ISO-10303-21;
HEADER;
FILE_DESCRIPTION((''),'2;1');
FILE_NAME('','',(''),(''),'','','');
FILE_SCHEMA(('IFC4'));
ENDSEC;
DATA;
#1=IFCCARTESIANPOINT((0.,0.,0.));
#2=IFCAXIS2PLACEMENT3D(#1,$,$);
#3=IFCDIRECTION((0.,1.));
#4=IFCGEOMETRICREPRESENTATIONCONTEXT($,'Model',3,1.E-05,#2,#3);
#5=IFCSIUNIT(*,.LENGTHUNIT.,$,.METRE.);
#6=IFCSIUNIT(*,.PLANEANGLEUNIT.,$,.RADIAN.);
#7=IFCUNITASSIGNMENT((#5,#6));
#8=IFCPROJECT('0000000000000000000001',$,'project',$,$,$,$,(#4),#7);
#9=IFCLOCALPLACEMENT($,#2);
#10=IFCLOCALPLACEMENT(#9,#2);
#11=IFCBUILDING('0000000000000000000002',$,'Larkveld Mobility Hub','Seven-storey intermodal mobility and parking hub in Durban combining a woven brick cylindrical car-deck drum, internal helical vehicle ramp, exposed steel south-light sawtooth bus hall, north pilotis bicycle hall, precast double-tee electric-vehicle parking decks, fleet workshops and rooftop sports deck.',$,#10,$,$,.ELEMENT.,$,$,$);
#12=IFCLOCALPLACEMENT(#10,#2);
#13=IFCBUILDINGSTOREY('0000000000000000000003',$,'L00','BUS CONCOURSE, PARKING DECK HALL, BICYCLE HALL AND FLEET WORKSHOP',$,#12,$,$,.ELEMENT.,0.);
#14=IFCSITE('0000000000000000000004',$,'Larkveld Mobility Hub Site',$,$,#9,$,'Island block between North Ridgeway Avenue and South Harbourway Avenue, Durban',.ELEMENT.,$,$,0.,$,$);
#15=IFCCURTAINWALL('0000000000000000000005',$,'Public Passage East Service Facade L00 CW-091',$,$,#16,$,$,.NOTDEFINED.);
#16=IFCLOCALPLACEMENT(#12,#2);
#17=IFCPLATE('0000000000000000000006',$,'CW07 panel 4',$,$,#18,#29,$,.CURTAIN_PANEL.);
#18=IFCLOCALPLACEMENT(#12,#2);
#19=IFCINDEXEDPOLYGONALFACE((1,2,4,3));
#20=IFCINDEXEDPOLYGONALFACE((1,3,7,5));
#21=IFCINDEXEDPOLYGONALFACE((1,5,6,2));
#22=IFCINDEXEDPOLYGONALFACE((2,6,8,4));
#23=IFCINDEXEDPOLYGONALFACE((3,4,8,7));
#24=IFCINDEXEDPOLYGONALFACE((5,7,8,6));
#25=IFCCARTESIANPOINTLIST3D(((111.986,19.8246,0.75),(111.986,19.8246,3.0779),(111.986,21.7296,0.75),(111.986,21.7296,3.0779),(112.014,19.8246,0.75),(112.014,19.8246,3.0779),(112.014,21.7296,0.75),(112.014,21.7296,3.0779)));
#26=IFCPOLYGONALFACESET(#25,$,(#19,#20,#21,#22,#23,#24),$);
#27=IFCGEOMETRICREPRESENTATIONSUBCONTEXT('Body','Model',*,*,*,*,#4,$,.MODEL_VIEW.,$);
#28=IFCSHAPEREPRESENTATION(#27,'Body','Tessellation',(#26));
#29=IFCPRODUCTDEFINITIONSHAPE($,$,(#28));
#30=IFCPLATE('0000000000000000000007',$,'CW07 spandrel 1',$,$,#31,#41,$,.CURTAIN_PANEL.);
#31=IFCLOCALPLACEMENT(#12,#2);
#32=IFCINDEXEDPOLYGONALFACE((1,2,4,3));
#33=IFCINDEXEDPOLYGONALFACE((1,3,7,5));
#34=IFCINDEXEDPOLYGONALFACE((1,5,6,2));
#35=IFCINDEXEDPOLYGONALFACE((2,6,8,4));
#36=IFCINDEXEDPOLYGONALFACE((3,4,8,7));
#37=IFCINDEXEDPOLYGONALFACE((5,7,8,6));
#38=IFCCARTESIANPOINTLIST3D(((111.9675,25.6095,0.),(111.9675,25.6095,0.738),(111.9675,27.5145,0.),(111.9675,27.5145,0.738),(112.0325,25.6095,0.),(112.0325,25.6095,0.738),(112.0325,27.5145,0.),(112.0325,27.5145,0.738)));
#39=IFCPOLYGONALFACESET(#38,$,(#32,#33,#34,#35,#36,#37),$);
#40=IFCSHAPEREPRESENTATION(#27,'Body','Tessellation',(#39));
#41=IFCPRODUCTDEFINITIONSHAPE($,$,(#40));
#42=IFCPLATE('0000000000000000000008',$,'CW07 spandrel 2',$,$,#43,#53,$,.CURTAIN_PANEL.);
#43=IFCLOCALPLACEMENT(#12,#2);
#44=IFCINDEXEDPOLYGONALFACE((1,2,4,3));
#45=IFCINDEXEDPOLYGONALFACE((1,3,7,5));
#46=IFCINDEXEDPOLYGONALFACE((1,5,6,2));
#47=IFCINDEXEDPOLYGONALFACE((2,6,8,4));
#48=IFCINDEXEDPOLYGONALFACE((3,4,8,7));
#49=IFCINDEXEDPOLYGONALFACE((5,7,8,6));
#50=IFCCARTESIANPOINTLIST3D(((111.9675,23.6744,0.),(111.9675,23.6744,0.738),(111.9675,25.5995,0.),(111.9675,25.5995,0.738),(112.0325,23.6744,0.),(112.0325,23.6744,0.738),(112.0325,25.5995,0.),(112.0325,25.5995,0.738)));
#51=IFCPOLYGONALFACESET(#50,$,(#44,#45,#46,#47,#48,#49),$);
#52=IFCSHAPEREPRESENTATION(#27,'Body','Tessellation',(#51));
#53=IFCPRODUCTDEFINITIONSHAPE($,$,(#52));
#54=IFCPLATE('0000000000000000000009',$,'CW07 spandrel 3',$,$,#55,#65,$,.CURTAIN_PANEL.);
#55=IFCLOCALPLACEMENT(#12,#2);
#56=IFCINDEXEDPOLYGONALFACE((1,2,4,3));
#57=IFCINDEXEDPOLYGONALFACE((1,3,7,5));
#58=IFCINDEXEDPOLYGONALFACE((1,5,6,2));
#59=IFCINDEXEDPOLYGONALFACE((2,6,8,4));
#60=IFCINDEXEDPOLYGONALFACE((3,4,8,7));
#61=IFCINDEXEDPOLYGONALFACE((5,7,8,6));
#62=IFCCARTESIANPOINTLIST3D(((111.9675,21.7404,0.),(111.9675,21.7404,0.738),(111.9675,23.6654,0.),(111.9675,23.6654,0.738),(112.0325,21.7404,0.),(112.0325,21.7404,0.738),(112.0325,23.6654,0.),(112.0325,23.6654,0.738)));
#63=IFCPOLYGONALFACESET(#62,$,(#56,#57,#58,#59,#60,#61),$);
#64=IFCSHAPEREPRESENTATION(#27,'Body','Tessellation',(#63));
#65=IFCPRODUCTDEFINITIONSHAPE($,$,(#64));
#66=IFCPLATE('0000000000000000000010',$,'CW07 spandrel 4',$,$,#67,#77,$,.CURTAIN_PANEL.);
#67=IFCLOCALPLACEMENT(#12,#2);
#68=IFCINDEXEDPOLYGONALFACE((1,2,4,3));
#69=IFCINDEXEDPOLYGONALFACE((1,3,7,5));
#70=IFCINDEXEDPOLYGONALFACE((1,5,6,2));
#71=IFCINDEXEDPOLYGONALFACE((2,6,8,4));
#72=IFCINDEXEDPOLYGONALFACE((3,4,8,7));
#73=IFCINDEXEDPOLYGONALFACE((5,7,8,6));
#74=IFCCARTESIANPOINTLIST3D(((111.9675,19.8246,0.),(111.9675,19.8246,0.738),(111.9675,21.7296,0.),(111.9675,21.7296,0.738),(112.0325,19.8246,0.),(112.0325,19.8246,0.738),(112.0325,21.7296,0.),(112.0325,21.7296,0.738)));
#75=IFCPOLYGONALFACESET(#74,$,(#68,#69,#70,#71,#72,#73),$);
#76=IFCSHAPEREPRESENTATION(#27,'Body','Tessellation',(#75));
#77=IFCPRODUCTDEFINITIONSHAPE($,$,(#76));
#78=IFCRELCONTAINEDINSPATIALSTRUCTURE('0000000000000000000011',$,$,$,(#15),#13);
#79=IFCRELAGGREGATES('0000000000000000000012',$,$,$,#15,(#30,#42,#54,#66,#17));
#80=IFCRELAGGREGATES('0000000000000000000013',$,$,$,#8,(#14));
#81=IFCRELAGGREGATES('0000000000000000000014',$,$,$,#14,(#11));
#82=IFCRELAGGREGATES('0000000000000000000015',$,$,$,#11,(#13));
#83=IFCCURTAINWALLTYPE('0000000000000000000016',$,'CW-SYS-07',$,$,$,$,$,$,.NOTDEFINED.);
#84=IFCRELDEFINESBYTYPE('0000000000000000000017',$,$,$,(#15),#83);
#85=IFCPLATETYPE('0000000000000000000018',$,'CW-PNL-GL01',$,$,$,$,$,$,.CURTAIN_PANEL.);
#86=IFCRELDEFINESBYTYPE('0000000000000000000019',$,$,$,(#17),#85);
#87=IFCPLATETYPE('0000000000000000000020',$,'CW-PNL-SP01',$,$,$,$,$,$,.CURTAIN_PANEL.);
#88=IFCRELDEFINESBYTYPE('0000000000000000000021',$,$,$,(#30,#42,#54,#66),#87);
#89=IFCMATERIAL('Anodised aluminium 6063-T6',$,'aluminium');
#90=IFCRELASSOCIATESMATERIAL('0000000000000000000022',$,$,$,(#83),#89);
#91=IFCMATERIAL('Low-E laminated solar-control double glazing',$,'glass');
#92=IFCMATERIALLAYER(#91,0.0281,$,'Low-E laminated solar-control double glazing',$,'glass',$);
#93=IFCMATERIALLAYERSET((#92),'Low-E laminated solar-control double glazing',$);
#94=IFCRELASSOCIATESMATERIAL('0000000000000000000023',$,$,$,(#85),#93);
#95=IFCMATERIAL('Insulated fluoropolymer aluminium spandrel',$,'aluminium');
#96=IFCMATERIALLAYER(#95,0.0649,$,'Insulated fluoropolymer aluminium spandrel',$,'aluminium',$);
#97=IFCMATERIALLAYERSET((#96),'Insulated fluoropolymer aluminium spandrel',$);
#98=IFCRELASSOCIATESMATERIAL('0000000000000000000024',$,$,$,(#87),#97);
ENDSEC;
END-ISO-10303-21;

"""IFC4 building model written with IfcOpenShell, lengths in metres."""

from ifc_helpers import new_model, si_unit, direction, frame, origin, origin_2d, place, context, subcontext, project, spatial, rectangle, extrude, material, layer, layer_set, type_object, element, aggregate, save


model = new_model("IFC4")

# Units and contexts
model_context = context("Model", 3, precision=1e-05, world=origin(), true_north=direction((0.0, 1.0)))
body_context = subcontext(model_context, "Body", "Model", "MODEL_VIEW")
ifc_project = project(units=[si_unit("LENGTHUNIT", "METRE"), si_unit("PLANEANGLEUNIT", "RADIAN")], contexts=[model_context])

# Site, building, storey
site_placement = place(None, origin())
site = spatial("IfcSite", under=ifc_project, at=site_placement, Name="Larkveld Mobility Hub Site", LongName="Island block between North Ridgeway Avenue and South Harbourway Avenue, Durban", CompositionType="ELEMENT", RefElevation=0.0)
building_placement = place(site_placement, origin())
building = spatial("IfcBuilding", under=site, at=building_placement, Name="Larkveld Mobility Hub", Description="Seven-storey intermodal mobility and parking hub in Durban combining a woven brick cylindrical car-deck drum, internal helical vehicle ramp, exposed steel south-light sawtooth bus hall, north pilotis bicycle hall, precast double-tee electric-vehicle parking decks, fleet workshops and rooftop sports deck.", CompositionType="ELEMENT")
storey_placement = place(building_placement, origin())
storey = spatial("IfcBuildingStorey", under=building, at=storey_placement, Name="L00", Description="BUS CONCOURSE, PARKING DECK HALL, BICYCLE HALL AND FLEET WORKSHOP", CompositionType="ELEMENT", Elevation=0.0)

# Curtain wall, plates
ifc_material_1 = material(Name="Anodised aluminium 6063-T6", Category="aluminium")
curtain_wall_type = type_object("IfcCurtainWallType", Name="CW-SYS-07", PredefinedType="NOTDEFINED", material=ifc_material_1)
curtain_wall_placement = place(storey_placement, origin())
curtain_wall = element("IfcCurtainWall", 1, at=curtain_wall_placement, inside=storey, type_object=curtain_wall_type, Name="Public Passage East Service Facade L00 CW-091", PredefinedType="NOTDEFINED")
ifc_material_2 = material(Name="Low-E laminated solar-control double glazing", Category="glass")
ifc_layer_1 = layer(ifc_material_2, 0.0281, Name="Low-E laminated solar-control double glazing", Category="glass")
ifc_layer_set_1 = layer_set([ifc_layer_1], Name="Low-E laminated solar-control double glazing")
plate_type_1 = type_object("IfcPlateType", Name="CW-PNL-GL01", PredefinedType="CURTAIN_PANEL", material=ifc_layer_set_1)
plate_1_placement = place(storey_placement, frame((112.0, 20.7771, 0.75), z_axis=(0.0, 0.0, 1.0), x_axis=(0.0, -1.0, 0.0)))
plate_1 = element("IfcPlate", 2, at=plate_1_placement, type_object=plate_type_1, Name="CW07 panel 4", PredefinedType="CURTAIN_PANEL", context=body_context, shape_type="SweptSolid", body=[
    extrude(rectangle(XDim=1.905, YDim=0.0281, at=origin_2d()), origin(), (0.0, 0.0, 1.0), 2.3279),
])
ifc_material_3 = material(Name="Insulated fluoropolymer aluminium spandrel", Category="aluminium")
ifc_layer_2 = layer(ifc_material_3, 0.0649, Name="Insulated fluoropolymer aluminium spandrel", Category="aluminium")
ifc_layer_set_2 = layer_set([ifc_layer_2], Name="Insulated fluoropolymer aluminium spandrel")
plate_type_2 = type_object("IfcPlateType", Name="CW-PNL-SP01", PredefinedType="CURTAIN_PANEL", material=ifc_layer_set_2)
plate_2_placement = place(storey_placement, frame((112.0, 26.562, 0.0), z_axis=(0.0, 0.0, 1.0), x_axis=(0.0, -1.0, 0.0)))
plate_2 = element("IfcPlate", 3, at=plate_2_placement, type_object=plate_type_2, Name="CW07 spandrel 1", PredefinedType="CURTAIN_PANEL", context=body_context, shape_type="SweptSolid", body=[
    extrude(rectangle(XDim=1.905, YDim=0.0649, at=origin_2d()), origin(), (0.0, 0.0, 1.0), 0.738),
])
plate_3_placement = place(storey_placement, frame((112.0, 24.637, 0.0), z_axis=(0.0, 0.0, 1.0), x_axis=(0.0, -1.0, 0.0)))
plate_3 = element("IfcPlate", 4, at=plate_3_placement, type_object=plate_type_2, Name="CW07 spandrel 2", PredefinedType="CURTAIN_PANEL", context=body_context, shape_type="SweptSolid", body=[
    extrude(rectangle(XDim=1.925, YDim=0.0649, at=origin_2d()), origin(), (0.0, 0.0, 1.0), 0.738),
])
plate_4_placement = place(storey_placement, frame((112.0, 22.7029, 0.0), z_axis=(0.0, 0.0, 1.0), x_axis=(0.0, -1.0, 0.0)))
plate_4 = element("IfcPlate", 5, at=plate_4_placement, type_object=plate_type_2, Name="CW07 spandrel 3", PredefinedType="CURTAIN_PANEL", context=body_context, shape_type="SweptSolid", body=[
    extrude(rectangle(XDim=1.925, YDim=0.0649, at=origin_2d()), origin(), (0.0, 0.0, 1.0), 0.738),
])
plate_5_placement = place(storey_placement, frame((112.0, 20.7771, 0.0), z_axis=(0.0, 0.0, 1.0), x_axis=(0.0, -1.0, 0.0)))
plate_5 = element("IfcPlate", 6, at=plate_5_placement, type_object=plate_type_2, Name="CW07 spandrel 4", PredefinedType="CURTAIN_PANEL", context=body_context, shape_type="SweptSolid", body=[
    extrude(rectangle(XDim=1.905, YDim=0.0649, at=origin_2d()), origin(), (0.0, 0.0, 1.0), 0.738),
])
aggregate(curtain_wall, [plate_2, plate_3, plate_4, plate_5, plate_1])

save(model, "model.ifc")
